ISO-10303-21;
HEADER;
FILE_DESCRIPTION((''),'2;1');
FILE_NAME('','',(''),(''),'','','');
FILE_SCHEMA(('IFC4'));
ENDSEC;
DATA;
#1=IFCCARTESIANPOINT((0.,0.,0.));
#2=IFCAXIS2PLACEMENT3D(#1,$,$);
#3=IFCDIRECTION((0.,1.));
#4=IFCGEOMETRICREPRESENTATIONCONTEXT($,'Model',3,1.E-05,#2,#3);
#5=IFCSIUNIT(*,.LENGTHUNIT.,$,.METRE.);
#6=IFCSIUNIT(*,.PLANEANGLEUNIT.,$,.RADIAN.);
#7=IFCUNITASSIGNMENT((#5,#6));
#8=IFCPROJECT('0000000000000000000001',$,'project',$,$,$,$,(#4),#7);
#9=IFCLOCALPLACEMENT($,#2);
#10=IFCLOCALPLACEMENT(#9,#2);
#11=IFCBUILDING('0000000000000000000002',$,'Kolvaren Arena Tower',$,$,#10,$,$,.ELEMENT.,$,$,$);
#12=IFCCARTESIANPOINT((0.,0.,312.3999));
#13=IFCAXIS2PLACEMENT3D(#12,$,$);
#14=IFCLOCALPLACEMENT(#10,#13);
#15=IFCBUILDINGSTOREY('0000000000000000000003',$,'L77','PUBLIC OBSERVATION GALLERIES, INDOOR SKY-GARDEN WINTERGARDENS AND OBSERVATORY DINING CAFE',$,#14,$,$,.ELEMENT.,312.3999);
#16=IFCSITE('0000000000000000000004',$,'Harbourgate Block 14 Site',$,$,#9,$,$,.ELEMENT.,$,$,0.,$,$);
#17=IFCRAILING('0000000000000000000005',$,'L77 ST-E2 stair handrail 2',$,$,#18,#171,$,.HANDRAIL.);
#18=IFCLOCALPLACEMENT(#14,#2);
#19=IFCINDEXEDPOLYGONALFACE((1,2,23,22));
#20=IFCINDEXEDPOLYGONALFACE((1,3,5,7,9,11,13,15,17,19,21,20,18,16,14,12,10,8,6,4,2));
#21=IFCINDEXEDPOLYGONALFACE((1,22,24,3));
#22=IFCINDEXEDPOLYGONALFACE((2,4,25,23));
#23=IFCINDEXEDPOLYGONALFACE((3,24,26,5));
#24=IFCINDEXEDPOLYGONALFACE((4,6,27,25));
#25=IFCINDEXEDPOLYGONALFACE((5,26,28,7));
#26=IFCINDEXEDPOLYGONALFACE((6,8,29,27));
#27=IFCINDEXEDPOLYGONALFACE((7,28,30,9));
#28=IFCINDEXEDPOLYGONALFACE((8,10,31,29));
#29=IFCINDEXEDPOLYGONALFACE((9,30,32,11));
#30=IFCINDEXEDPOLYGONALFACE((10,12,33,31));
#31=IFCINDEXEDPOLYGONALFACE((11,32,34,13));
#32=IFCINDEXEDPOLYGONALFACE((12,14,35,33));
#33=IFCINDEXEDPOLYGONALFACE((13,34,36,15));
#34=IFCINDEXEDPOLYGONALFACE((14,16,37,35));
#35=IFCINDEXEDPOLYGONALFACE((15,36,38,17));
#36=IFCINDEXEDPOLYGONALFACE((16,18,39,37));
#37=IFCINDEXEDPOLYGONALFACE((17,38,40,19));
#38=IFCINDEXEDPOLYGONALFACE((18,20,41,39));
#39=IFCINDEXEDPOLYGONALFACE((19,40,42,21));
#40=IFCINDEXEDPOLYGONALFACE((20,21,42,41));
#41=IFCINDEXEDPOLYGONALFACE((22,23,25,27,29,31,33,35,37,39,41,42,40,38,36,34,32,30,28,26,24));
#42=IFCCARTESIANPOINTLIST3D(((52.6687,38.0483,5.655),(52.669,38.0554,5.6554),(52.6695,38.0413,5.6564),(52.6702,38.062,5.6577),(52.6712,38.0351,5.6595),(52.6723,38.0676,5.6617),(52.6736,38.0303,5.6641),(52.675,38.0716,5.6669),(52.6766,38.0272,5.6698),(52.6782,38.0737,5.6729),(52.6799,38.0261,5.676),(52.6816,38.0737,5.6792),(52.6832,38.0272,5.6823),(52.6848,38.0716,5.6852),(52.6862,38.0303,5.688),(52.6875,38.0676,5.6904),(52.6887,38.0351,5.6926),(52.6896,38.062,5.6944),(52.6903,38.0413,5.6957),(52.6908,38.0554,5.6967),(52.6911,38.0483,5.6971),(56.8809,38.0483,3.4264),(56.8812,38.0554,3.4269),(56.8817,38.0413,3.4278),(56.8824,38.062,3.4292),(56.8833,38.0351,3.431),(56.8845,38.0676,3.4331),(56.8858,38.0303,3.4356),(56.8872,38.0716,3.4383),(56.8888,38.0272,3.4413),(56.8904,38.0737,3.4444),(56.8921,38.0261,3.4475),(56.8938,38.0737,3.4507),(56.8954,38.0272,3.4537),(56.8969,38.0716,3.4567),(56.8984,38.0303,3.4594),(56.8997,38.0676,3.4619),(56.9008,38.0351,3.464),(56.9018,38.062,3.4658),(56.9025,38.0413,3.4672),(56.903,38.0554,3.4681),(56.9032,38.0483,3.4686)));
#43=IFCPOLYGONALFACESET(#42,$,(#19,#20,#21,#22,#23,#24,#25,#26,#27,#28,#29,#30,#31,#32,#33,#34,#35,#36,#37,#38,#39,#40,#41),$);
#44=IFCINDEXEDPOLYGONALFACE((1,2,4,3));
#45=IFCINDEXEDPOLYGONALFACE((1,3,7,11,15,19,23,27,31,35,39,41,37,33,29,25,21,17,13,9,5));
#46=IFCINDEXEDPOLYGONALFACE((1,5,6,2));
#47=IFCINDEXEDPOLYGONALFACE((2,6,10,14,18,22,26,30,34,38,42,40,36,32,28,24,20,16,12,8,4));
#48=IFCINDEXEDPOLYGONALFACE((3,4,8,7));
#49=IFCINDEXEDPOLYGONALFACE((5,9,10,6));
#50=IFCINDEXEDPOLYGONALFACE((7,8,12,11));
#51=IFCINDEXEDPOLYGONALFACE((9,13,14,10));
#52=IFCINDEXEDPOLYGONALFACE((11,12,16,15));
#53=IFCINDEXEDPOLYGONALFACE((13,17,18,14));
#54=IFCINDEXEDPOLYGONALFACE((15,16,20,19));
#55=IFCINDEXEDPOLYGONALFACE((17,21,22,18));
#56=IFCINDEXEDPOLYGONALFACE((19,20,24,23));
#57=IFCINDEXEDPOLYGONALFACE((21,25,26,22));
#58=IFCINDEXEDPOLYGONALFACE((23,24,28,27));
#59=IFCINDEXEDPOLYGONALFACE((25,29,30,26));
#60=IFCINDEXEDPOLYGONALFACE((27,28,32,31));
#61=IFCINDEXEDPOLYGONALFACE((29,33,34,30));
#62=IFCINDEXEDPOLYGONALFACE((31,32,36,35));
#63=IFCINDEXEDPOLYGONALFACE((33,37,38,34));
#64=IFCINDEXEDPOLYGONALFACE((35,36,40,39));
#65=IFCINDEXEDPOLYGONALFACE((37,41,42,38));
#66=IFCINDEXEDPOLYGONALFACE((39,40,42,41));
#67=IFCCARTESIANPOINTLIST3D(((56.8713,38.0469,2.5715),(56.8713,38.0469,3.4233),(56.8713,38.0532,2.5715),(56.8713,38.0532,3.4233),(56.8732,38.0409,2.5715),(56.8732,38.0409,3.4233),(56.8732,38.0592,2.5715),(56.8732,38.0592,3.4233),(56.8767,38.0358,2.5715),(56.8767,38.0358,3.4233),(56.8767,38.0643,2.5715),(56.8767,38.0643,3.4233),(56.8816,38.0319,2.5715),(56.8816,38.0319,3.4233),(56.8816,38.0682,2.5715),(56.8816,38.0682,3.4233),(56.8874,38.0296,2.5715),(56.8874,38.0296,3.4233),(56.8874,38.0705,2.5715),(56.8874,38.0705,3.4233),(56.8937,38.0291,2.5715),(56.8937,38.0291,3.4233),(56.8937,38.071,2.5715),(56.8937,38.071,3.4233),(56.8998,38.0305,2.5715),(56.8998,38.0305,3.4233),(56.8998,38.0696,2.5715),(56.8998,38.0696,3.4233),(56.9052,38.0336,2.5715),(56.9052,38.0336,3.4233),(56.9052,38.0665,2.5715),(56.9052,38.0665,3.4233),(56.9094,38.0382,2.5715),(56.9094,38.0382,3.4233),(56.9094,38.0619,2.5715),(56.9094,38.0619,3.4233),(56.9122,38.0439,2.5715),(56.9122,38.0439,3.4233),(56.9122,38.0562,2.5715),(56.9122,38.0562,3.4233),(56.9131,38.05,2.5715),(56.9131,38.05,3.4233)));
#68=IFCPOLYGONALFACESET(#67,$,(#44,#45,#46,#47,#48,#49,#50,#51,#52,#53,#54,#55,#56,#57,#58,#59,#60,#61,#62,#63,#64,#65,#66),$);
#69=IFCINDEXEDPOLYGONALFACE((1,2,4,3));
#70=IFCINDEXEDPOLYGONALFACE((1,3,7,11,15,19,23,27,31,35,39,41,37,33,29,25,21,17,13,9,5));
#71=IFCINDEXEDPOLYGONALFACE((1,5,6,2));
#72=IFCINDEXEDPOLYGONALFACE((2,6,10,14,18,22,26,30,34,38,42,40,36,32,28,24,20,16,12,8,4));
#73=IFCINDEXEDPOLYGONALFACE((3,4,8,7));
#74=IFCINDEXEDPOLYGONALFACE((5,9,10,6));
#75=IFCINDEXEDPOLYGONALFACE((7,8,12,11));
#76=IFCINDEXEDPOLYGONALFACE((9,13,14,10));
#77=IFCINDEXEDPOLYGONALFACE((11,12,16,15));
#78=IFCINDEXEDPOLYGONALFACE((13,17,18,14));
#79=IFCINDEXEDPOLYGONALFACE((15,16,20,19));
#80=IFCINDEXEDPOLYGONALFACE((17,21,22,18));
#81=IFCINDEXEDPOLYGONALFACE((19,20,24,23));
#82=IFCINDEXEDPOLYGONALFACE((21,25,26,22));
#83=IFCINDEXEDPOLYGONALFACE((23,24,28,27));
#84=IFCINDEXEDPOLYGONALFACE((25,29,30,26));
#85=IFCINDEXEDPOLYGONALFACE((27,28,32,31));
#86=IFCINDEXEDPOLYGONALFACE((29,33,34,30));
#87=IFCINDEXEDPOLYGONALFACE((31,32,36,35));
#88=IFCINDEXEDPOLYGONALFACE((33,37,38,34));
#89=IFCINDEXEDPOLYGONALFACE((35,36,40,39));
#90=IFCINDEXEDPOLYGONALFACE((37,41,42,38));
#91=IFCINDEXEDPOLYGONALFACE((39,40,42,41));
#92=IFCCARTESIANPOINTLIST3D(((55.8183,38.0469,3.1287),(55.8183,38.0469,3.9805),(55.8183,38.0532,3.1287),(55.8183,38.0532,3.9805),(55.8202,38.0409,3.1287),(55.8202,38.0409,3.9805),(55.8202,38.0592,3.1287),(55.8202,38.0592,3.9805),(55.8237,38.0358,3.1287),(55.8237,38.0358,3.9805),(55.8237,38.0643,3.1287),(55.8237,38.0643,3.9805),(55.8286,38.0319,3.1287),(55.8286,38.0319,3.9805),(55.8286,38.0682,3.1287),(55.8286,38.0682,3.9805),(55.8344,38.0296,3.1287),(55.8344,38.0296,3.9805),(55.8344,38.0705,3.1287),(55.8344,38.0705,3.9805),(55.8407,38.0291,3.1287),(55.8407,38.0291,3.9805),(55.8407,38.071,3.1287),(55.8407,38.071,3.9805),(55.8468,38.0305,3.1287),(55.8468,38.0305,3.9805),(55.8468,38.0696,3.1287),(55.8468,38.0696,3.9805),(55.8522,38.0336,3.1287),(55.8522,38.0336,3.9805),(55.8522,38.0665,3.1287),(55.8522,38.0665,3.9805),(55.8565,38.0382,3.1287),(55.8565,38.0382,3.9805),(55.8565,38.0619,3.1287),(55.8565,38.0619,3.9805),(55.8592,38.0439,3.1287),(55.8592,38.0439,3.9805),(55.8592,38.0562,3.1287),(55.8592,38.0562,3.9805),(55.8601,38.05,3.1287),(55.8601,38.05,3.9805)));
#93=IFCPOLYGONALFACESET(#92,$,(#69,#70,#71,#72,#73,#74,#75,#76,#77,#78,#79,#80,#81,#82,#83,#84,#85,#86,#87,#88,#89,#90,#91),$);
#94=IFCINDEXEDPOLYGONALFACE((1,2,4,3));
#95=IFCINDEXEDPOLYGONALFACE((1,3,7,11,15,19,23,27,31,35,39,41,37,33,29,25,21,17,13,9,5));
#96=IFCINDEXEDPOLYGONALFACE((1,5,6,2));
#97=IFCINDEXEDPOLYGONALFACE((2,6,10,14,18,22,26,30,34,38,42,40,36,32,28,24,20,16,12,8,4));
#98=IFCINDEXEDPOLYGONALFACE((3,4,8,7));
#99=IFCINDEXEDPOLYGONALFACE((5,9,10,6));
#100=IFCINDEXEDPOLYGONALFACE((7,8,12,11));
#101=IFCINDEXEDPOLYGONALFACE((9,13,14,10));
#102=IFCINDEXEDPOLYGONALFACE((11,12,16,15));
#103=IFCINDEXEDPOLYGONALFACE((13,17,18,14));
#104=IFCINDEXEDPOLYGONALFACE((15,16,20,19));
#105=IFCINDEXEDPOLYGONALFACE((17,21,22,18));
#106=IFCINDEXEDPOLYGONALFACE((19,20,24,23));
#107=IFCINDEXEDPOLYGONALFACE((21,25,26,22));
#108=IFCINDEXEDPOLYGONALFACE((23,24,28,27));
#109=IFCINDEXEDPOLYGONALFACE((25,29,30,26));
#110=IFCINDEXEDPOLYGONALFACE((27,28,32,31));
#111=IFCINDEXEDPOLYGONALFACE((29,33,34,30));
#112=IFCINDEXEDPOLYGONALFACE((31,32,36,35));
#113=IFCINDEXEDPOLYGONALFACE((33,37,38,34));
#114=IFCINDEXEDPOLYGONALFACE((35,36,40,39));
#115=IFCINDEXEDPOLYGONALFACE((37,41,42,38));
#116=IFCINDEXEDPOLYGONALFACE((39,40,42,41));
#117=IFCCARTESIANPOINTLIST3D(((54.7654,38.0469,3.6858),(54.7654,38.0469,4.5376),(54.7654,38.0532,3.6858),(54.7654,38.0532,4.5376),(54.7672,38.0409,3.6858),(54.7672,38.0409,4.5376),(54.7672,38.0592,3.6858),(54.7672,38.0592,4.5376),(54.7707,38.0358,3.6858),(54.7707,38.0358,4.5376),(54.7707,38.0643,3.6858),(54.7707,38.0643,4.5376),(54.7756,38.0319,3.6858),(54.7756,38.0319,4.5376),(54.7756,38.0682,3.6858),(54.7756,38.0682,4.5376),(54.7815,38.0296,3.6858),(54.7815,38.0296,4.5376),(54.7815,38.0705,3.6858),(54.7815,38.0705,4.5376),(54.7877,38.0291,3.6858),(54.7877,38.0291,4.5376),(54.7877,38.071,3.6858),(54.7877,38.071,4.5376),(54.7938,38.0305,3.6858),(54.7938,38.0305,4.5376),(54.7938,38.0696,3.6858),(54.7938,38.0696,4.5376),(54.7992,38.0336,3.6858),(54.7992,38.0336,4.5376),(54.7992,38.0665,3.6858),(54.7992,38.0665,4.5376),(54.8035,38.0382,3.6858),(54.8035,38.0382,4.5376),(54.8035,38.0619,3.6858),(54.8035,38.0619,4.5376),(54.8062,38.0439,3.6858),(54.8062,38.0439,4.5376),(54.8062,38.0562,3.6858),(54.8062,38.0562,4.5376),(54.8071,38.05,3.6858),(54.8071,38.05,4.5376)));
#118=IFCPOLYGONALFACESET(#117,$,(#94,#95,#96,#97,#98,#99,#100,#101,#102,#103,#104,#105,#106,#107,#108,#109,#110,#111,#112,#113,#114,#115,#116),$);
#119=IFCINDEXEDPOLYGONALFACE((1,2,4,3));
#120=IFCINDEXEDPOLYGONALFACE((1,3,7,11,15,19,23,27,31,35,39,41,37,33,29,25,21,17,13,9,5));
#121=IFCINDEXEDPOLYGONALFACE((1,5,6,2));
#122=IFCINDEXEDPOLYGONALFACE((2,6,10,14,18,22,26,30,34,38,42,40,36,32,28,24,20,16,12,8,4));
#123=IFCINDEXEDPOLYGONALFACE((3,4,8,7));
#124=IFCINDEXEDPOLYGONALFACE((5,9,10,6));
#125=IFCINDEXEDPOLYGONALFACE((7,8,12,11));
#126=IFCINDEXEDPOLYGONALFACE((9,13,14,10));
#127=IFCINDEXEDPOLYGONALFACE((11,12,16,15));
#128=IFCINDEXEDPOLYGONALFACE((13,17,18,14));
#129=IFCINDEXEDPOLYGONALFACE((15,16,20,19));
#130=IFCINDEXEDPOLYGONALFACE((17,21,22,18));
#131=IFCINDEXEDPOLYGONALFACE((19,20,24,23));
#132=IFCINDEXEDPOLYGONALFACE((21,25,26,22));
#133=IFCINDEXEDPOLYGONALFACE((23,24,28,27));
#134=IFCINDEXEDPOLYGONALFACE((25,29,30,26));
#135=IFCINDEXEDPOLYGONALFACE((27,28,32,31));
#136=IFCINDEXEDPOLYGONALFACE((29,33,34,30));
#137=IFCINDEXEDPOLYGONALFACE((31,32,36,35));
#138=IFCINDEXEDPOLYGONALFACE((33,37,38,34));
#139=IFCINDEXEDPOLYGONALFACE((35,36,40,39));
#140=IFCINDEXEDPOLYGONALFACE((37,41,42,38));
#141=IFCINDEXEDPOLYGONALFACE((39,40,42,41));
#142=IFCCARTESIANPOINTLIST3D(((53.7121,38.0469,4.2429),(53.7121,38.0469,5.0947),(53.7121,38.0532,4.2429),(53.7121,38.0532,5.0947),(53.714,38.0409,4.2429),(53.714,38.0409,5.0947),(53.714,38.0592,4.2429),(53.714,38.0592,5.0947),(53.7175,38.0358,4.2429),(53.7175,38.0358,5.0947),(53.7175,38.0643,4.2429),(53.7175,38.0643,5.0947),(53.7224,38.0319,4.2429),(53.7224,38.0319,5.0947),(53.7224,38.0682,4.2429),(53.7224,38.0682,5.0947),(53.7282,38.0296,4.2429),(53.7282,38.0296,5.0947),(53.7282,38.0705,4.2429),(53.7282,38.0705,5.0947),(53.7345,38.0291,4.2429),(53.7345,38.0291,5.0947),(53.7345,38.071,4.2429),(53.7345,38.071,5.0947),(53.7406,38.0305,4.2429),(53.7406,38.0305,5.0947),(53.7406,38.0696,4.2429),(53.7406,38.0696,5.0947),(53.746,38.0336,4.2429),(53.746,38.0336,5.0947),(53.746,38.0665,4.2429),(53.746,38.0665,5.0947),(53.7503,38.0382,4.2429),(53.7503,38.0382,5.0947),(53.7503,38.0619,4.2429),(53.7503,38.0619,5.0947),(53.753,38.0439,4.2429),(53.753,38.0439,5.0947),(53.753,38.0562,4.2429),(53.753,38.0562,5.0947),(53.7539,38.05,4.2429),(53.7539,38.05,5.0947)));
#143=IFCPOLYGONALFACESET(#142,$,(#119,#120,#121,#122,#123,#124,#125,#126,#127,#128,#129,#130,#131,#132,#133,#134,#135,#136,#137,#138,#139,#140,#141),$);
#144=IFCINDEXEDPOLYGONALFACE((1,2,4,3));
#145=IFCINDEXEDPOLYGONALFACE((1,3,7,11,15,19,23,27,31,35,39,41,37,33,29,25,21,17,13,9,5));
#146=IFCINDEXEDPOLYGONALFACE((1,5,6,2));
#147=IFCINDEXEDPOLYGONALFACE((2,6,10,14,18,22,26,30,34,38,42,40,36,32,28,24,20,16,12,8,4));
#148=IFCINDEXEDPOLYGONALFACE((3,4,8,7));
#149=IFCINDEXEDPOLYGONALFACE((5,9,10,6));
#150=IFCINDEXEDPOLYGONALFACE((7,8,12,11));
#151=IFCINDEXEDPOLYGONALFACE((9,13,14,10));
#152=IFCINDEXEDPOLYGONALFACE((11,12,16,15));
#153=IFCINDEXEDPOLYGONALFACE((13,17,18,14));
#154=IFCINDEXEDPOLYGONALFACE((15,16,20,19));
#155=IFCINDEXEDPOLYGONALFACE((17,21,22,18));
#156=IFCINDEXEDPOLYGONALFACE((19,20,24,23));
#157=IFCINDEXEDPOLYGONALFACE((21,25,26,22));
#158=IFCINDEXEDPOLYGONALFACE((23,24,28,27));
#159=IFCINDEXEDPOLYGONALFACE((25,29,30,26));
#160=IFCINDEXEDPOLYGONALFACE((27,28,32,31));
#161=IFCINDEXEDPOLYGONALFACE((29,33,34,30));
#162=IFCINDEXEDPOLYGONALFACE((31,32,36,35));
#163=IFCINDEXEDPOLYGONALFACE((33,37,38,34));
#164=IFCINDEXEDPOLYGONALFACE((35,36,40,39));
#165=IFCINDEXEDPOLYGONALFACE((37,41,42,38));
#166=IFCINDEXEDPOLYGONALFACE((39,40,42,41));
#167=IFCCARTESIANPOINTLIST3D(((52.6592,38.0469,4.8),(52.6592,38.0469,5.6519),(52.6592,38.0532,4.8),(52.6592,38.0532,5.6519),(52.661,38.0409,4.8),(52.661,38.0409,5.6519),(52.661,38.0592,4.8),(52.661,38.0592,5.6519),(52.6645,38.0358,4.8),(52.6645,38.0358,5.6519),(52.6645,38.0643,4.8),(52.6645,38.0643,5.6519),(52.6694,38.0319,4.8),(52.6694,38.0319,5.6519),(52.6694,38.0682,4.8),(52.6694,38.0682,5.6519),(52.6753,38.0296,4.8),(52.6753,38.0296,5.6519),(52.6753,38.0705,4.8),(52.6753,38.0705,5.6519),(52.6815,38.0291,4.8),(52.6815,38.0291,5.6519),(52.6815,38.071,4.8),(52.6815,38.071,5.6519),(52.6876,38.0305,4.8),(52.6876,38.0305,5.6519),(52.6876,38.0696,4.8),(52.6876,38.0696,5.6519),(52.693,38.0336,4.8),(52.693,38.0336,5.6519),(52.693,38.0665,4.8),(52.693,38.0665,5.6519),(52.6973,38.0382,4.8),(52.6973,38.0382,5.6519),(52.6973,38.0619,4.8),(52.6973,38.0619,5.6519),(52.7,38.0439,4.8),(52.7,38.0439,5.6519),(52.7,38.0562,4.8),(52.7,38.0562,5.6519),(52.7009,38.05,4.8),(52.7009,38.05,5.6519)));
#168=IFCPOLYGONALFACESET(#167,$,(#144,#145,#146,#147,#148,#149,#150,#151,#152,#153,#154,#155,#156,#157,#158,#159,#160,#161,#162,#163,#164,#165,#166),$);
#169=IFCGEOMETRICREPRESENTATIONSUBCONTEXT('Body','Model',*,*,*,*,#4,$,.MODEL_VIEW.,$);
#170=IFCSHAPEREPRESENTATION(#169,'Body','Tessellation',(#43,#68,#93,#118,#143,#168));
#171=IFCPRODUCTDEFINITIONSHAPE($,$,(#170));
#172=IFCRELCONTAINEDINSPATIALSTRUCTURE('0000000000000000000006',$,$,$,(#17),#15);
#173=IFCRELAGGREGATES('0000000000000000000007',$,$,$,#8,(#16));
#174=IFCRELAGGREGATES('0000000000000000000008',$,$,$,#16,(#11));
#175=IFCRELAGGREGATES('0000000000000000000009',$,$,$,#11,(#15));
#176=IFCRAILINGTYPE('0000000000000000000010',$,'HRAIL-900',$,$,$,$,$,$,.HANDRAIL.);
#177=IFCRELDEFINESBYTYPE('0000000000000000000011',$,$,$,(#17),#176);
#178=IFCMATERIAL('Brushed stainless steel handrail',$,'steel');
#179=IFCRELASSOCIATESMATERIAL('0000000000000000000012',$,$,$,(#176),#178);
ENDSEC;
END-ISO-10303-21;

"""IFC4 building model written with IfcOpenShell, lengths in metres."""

from ifc_helpers import new_model, si_unit, direction, frame, origin, origin_2d, place, context, subcontext, project, spatial, circle, extrude, material, type_object, element, save


model = new_model("IFC4")

# Units and contexts
model_context = context("Model", 3, precision=1e-05, world=origin(), true_north=direction((0.0, 1.0)))
body_context = subcontext(model_context, "Body", "Model", "MODEL_VIEW")
ifc_project = project(units=[si_unit("LENGTHUNIT", "METRE"), si_unit("PLANEANGLEUNIT", "RADIAN")], contexts=[model_context])

# Site, building, storey
site_placement = place(None, origin())
site = spatial("IfcSite", under=ifc_project, at=site_placement, Name="Harbourgate Block 14 Site", CompositionType="ELEMENT", RefElevation=0.0)
building_placement = place(site_placement, origin())
building = spatial("IfcBuilding", under=site, at=building_placement, Name="Kolvaren Arena Tower", CompositionType="ELEMENT")
storey_placement = place(building_placement, frame((0.0, 0.0, 312.3999)))
storey = spatial("IfcBuildingStorey", under=building, at=storey_placement, Name="L77", Description="PUBLIC OBSERVATION GALLERIES, INDOOR SKY-GARDEN WINTERGARDENS AND OBSERVATORY DINING CAFE", CompositionType="ELEMENT", Elevation=312.3999)

# Railing
ifc_material_1 = material(Name="Brushed stainless steel handrail", Category="steel")
railing_type = type_object("IfcRailingType", Name="HRAIL-900", PredefinedType="HANDRAIL", material=ifc_material_1)
railing_placement = place(storey_placement, frame((56.8921, 38.05, 2.5715)))
element("IfcRailing", 1, at=railing_placement, inside=storey, type_object=railing_type, Name="L77 ST-E2 stair handrail 2", PredefinedType="HANDRAIL", context=body_context, shape_type="SweptSolid", body=[
    extrude(circle(Radius=0.0239, at=origin_2d()), frame((0.0, 0.0, 0.876), z_axis=(-0.883914, 0.0, 0.46765), x_axis=(0.0, -1.0, 0.0)), (0.0, 0.0, 1.0), 4.7654),
    extrude(circle(Radius=0.021, at=origin_2d()), origin(), (0.0, 0.0, 1.0), 0.8518),
    extrude(circle(Radius=0.021, at=origin_2d()), frame((-1.053, 0.0, 0.5571)), (0.0, 0.0, 1.0), 0.8518),
    extrude(circle(Radius=0.021, at=origin_2d()), frame((-2.106, 0.0, 1.1143)), (0.0, 0.0, 1.0), 0.8518),
    extrude(circle(Radius=0.021, at=origin_2d()), frame((-3.1592, 0.0, 1.6714)), (0.0, 0.0, 1.0), 0.8518),
    extrude(circle(Radius=0.021, at=origin_2d()), frame((-4.2122, 0.0, 2.2285)), (0.0, 0.0, 1.0), 0.8518),
])

save(model, "model.ifc")
